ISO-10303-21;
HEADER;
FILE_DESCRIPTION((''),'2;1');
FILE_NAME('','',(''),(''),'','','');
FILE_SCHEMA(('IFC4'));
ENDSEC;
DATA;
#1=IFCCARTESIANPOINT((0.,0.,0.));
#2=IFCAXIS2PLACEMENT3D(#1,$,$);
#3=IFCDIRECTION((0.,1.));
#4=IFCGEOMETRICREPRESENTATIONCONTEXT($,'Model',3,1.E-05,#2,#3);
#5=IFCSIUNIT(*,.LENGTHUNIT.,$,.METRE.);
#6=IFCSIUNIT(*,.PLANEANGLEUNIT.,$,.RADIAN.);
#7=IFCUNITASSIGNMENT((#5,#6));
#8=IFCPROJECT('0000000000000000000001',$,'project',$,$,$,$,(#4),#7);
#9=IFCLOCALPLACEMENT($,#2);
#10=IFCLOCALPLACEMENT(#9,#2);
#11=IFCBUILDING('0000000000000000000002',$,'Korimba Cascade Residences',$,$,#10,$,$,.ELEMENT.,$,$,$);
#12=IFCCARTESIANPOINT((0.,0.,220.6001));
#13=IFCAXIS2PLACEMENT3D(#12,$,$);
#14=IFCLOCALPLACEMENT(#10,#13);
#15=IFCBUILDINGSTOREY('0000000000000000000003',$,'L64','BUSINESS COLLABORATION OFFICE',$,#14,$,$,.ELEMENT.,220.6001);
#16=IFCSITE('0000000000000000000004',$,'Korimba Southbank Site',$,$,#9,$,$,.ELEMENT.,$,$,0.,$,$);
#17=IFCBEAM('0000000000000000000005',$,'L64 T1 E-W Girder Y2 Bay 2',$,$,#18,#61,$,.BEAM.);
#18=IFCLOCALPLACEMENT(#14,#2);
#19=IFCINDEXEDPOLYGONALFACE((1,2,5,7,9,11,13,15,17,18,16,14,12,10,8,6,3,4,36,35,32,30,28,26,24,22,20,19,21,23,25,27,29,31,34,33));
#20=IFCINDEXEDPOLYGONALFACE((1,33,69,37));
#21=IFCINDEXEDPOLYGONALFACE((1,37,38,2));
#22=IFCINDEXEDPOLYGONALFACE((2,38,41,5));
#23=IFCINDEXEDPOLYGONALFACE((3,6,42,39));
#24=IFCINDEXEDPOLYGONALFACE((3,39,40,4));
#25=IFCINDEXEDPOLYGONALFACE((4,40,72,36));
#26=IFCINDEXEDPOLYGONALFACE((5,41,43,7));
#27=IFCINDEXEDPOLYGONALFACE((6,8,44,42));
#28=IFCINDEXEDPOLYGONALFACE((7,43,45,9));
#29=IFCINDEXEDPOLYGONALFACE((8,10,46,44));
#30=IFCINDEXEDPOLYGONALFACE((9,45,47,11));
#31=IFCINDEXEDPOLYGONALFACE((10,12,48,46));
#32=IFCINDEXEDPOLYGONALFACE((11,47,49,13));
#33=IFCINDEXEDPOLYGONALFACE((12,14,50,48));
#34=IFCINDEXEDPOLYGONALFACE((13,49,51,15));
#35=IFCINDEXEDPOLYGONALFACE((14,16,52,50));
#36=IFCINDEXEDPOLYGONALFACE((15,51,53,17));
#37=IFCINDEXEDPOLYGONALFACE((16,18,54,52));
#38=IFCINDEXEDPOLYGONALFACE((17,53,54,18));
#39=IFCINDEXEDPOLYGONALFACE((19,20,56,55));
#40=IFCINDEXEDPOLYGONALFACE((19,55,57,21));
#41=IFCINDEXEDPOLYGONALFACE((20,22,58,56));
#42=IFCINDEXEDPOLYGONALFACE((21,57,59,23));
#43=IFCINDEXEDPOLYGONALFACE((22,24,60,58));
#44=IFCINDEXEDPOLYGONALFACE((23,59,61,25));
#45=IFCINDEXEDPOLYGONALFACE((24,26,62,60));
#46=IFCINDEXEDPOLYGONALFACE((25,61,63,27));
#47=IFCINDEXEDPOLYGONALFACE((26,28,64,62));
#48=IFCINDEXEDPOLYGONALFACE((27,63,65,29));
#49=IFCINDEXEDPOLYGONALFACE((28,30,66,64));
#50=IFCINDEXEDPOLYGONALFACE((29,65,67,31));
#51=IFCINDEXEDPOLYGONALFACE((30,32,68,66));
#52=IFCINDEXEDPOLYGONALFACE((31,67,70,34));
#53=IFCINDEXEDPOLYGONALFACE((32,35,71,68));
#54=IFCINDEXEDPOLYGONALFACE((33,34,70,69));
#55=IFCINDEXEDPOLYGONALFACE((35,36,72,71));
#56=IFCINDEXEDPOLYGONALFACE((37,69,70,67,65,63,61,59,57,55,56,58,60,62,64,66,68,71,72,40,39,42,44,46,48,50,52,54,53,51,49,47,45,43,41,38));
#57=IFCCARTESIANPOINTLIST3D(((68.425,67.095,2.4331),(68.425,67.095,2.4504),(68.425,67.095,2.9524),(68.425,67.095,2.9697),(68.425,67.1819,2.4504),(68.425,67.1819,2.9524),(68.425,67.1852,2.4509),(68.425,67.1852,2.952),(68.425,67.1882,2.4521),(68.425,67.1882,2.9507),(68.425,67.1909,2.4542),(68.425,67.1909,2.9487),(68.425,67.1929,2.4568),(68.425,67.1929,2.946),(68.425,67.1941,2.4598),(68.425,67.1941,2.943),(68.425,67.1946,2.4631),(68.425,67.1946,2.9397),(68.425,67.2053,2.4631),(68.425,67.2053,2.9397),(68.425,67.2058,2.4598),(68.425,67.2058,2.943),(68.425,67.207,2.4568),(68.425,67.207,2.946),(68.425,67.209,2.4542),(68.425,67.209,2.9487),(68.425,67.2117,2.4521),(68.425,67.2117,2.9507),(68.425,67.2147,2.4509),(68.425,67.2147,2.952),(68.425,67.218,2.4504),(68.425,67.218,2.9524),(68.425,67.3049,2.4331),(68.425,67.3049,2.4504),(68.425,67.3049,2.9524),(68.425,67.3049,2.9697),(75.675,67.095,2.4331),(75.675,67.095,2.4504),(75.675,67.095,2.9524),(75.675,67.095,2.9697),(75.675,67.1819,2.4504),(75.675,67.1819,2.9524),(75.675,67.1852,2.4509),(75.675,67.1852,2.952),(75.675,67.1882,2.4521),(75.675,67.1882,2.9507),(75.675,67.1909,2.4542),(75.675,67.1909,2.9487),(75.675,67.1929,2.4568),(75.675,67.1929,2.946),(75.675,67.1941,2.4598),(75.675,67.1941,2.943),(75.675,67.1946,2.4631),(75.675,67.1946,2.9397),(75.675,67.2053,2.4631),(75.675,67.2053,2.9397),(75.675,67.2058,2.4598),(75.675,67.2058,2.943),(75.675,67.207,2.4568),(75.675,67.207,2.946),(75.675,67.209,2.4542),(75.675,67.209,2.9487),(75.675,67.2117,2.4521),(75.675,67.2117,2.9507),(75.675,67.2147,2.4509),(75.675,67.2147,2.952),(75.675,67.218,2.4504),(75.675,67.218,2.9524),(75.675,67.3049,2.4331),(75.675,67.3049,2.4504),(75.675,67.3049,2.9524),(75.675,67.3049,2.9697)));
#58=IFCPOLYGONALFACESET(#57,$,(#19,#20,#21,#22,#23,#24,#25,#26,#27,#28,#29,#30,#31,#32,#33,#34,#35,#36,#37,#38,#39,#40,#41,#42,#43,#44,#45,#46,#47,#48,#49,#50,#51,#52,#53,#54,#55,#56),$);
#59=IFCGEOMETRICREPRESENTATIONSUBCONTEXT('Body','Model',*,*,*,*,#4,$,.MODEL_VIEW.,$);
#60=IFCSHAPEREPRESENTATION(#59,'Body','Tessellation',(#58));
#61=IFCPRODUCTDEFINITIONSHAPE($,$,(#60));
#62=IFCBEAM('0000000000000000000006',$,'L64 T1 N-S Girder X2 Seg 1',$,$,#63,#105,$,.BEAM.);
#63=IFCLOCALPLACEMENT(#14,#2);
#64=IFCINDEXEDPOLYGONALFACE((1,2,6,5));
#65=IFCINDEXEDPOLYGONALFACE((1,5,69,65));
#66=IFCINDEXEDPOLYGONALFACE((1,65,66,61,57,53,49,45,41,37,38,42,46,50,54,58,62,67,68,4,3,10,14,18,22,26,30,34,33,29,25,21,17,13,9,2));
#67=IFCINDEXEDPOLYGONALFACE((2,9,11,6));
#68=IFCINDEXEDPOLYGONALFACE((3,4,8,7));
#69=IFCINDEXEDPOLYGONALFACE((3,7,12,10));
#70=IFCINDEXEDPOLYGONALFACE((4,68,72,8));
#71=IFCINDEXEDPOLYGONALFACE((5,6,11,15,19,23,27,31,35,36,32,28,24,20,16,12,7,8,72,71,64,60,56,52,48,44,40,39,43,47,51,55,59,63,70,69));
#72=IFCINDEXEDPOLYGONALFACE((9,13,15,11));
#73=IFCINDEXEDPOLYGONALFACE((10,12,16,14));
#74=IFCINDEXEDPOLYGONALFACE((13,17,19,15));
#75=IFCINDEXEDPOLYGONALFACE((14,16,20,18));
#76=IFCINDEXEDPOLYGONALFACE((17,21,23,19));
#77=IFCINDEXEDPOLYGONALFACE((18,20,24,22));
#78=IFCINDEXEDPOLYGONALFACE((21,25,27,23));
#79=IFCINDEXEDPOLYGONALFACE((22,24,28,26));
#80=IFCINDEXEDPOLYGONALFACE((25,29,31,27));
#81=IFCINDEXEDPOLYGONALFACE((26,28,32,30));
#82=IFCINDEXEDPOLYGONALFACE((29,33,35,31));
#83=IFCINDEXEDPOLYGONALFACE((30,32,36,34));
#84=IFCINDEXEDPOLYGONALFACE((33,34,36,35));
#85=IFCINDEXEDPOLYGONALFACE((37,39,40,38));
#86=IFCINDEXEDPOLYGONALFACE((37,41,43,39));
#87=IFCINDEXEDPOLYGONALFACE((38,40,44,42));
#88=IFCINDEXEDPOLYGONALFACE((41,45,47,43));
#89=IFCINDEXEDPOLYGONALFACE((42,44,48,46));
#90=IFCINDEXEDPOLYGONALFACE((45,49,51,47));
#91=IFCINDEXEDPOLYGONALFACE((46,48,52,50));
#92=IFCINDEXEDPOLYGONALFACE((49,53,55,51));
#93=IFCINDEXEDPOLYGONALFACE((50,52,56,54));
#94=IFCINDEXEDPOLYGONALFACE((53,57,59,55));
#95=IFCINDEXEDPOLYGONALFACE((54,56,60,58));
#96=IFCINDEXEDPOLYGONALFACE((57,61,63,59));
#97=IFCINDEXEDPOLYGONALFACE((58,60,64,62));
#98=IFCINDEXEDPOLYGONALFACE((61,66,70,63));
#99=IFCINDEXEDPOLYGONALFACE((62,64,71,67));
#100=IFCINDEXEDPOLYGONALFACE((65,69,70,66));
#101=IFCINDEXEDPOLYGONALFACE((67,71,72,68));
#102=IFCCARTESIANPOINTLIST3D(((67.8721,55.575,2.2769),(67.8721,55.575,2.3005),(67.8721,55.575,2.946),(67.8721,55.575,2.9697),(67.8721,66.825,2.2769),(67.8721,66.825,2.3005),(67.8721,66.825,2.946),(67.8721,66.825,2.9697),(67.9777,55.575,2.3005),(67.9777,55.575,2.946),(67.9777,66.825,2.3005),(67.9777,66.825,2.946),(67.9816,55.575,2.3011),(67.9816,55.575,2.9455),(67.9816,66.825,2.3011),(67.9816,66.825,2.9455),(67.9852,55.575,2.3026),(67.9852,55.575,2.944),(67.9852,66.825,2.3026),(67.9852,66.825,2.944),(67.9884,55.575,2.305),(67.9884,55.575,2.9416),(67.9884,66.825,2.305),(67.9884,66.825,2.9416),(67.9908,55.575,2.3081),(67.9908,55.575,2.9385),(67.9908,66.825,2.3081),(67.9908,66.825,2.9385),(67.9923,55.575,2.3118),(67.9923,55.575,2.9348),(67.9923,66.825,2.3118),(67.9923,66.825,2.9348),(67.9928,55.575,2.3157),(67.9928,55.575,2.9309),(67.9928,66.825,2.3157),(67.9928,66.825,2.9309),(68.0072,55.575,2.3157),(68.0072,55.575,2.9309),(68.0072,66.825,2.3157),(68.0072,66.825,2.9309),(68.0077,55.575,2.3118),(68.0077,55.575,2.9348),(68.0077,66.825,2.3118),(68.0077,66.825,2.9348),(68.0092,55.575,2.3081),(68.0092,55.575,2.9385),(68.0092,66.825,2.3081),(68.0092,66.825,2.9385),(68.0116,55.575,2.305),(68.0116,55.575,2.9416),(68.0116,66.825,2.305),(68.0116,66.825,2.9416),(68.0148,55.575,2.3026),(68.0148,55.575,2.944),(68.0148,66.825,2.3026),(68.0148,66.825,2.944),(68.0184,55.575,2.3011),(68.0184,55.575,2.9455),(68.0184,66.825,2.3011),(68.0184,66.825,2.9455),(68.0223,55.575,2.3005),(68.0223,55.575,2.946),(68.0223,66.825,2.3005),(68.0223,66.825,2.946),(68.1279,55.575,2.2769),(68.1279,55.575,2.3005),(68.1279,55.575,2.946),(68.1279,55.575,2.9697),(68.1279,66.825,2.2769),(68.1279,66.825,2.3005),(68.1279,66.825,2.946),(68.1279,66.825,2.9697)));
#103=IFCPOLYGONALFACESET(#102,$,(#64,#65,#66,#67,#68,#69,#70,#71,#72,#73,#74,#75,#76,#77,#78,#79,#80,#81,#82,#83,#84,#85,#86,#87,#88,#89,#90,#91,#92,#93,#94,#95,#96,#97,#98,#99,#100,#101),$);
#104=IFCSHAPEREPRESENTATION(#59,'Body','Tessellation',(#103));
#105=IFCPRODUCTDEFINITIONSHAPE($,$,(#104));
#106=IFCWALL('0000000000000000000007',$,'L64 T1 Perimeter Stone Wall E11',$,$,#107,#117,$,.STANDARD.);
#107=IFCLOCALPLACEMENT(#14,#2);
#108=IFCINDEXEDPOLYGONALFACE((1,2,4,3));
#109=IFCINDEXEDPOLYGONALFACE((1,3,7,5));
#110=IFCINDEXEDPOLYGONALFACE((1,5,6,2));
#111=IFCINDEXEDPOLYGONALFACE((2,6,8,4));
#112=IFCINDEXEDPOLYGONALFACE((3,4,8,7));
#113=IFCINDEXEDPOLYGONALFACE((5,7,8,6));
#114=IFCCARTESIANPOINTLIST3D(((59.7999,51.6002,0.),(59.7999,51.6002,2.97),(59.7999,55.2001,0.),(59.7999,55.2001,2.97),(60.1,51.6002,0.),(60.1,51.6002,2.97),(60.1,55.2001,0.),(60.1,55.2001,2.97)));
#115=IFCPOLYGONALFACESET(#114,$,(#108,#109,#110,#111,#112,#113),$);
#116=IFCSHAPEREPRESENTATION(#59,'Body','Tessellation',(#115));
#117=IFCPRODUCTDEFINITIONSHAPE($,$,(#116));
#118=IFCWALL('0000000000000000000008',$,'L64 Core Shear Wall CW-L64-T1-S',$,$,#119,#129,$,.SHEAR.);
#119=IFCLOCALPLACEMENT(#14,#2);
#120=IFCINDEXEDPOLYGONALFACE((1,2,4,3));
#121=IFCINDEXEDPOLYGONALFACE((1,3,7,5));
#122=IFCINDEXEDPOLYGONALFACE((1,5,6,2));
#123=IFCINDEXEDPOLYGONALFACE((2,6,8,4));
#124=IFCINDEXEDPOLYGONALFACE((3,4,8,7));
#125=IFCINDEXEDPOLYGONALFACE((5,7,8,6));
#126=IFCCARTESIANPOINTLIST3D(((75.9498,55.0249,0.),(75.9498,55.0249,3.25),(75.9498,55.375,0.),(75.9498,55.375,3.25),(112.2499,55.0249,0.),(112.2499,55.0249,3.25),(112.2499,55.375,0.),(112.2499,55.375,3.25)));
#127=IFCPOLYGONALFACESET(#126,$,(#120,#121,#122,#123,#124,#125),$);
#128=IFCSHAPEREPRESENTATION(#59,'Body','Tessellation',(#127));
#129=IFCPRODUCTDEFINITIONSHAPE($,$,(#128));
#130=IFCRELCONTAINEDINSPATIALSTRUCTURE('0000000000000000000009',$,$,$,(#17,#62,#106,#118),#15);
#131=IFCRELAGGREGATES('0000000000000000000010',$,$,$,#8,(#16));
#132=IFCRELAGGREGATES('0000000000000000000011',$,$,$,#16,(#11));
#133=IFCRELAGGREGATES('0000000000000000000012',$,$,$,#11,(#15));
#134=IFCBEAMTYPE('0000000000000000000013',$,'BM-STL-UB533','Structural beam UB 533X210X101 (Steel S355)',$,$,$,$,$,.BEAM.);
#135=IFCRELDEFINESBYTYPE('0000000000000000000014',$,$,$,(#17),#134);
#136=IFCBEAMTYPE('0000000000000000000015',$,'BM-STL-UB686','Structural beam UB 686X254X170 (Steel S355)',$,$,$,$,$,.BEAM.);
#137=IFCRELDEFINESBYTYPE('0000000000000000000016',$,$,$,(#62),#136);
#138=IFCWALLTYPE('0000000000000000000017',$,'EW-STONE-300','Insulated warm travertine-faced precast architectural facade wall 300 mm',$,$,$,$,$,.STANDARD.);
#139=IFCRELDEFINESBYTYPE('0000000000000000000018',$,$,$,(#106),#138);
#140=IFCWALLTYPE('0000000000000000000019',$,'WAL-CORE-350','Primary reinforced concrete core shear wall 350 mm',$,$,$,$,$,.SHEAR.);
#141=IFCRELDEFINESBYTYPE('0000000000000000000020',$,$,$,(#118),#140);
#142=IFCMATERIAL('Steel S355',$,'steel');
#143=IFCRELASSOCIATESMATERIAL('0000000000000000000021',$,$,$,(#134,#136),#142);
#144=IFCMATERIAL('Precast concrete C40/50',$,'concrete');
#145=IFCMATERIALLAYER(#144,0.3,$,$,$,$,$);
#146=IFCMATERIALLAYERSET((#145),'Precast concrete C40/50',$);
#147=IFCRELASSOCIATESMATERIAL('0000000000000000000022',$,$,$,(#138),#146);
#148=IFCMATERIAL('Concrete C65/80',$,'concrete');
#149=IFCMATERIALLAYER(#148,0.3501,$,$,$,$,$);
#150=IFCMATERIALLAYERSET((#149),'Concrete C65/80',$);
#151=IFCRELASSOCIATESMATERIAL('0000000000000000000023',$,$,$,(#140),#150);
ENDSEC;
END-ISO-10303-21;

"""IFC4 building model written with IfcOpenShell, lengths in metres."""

from ifc_helpers import new_model, si_unit, direction, frame, frame_2d, origin, origin_2d, place, context, subcontext, project, spatial, rectangle, i_section, extrude, material, layer, layer_set, material_profile, profile_set, type_object, element, save


model = new_model("IFC4")

# Units and contexts
model_context = context("Model", 3, precision=1e-05, world=origin(), true_north=direction((0.0, 1.0)))
body_context = subcontext(model_context, "Body", "Model", "MODEL_VIEW")
ifc_project = project(units=[si_unit("LENGTHUNIT", "METRE"), si_unit("PLANEANGLEUNIT", "RADIAN")], contexts=[model_context])

# Site, building, storey
site_placement = place(None, origin())
site = spatial("IfcSite", under=ifc_project, at=site_placement, Name="Korimba Southbank Site", CompositionType="ELEMENT", RefElevation=0.0)
building_placement = place(site_placement, origin())
building = spatial("IfcBuilding", under=site, at=building_placement, Name="Korimba Cascade Residences", CompositionType="ELEMENT")
storey_placement = place(building_placement, frame((0.0, 0.0, 220.6001)))
storey = spatial("IfcBuildingStorey", under=building, at=storey_placement, Name="L64", Description="BUSINESS COLLABORATION OFFICE", CompositionType="ELEMENT", Elevation=220.6001)

# Shared definitions
ifc_material_1 = material(Name="Concrete C65/80", Category="concrete")

# Beams
ifc_material_2 = material(Name="Steel S355", Category="steel")
ifc_material_profile_1 = material_profile(ifc_material_2, i_section(OverallWidth=0.21, OverallDepth=0.5366, WebThickness=0.0107, FlangeThickness=0.0173, FilletRadius=0.0127, at=origin_2d()), Name="Steel S355")
ifc_profile_set_1 = profile_set([ifc_material_profile_1], Name="Steel S355")
beam_type_1 = type_object("IfcBeamType", Name="BM-STL-UB533", Description="Structural beam UB 533X210X101 (Steel S355)", PredefinedType="BEAM", material=ifc_profile_set_1)
beam_1_placement = place(storey_placement, frame((68.425, 67.2, 2.7014), z_axis=(1.0, 0.0, 0.0), x_axis=(0.0, 1.0, 0.0)))
element("IfcBeam", 1, at=beam_1_placement, inside=storey, type_object=beam_type_1, Name="L64 T1 E-W Girder Y2 Bay 2", PredefinedType="BEAM", context=body_context, shape_type="SweptSolid", body=[
    extrude(i_section(OverallWidth=0.21, OverallDepth=0.5366, WebThickness=0.0107, FlangeThickness=0.0173, FilletRadius=0.0127, at=origin_2d()), origin(), (0.0, 0.0, 1.0), 7.25),
])
ifc_material_profile_2 = material_profile(ifc_material_2, i_section(OverallWidth=0.2559, OverallDepth=0.6929, WebThickness=0.0144, FlangeThickness=0.0237, FilletRadius=0.0151, at=origin_2d()), Name="Steel S355")
ifc_profile_set_2 = profile_set([ifc_material_profile_2], Name="Steel S355")
beam_type_2 = type_object("IfcBeamType", Name="BM-STL-UB686", Description="Structural beam UB 686X254X170 (Steel S355)", PredefinedType="BEAM", material=ifc_profile_set_2)
beam_2_placement = place(storey_placement, frame((68.0, 55.575, 2.6233), z_axis=(0.0, 1.0, 0.0), x_axis=(-1.0, 0.0, 0.0)))
element("IfcBeam", 2, at=beam_2_placement, inside=storey, type_object=beam_type_2, Name="L64 T1 N-S Girder X2 Seg 1", PredefinedType="BEAM", context=body_context, shape_type="SweptSolid", body=[
    extrude(i_section(OverallWidth=0.2559, OverallDepth=0.6929, WebThickness=0.0144, FlangeThickness=0.0237, FilletRadius=0.0151, at=origin_2d()), origin(), (0.0, 0.0, 1.0), 11.25),
])

# Walls
ifc_material_3 = material(Name="Precast concrete C40/50", Category="concrete")
ifc_layer_1 = layer(ifc_material_3, 0.3)
ifc_layer_set_1 = layer_set([ifc_layer_1], Name="Precast concrete C40/50")
wall_type_1 = type_object("IfcWallType", Name="EW-STONE-300", Description="Insulated warm travertine-faced precast architectural facade wall 300 mm", PredefinedType="STANDARD", material=ifc_layer_set_1)
wall_1_placement = place(storey_placement, frame((59.95, 55.2, 0.0), z_axis=(0.0, 0.0, 1.0), x_axis=(0.0, -1.0, 0.0)))
element("IfcWall", 3, at=wall_1_placement, inside=storey, type_object=wall_type_1, Name="L64 T1 Perimeter Stone Wall E11", PredefinedType="STANDARD", context=body_context, shape_type="SweptSolid", body=[
    extrude(rectangle(XDim=3.5999, YDim=0.3, at=frame_2d((1.7998, 0.0))), origin(), (0.0, 0.0, 1.0), 2.97),
])
ifc_layer_2 = layer(ifc_material_1, 0.3501)
ifc_layer_set_2 = layer_set([ifc_layer_2], Name="Concrete C65/80")
wall_type_2 = type_object("IfcWallType", Name="WAL-CORE-350", Description="Primary reinforced concrete core shear wall 350 mm", PredefinedType="SHEAR", material=ifc_layer_set_2)
wall_2_placement = place(storey_placement, frame((75.95, 55.2, 0.0), z_axis=(0.0, 0.0, 1.0), x_axis=(1.0, 0.0, 0.0)))
element("IfcWall", 4, at=wall_2_placement, inside=storey, type_object=wall_type_2, Name="L64 Core Shear Wall CW-L64-T1-S", PredefinedType="SHEAR", context=body_context, shape_type="SweptSolid", body=[
    extrude(rectangle(XDim=36.3, YDim=0.3501, at=frame_2d((18.1499, 0.0))), origin(), (0.0, 0.0, 1.0), 3.25),
])

save(model, "model.ifc")
